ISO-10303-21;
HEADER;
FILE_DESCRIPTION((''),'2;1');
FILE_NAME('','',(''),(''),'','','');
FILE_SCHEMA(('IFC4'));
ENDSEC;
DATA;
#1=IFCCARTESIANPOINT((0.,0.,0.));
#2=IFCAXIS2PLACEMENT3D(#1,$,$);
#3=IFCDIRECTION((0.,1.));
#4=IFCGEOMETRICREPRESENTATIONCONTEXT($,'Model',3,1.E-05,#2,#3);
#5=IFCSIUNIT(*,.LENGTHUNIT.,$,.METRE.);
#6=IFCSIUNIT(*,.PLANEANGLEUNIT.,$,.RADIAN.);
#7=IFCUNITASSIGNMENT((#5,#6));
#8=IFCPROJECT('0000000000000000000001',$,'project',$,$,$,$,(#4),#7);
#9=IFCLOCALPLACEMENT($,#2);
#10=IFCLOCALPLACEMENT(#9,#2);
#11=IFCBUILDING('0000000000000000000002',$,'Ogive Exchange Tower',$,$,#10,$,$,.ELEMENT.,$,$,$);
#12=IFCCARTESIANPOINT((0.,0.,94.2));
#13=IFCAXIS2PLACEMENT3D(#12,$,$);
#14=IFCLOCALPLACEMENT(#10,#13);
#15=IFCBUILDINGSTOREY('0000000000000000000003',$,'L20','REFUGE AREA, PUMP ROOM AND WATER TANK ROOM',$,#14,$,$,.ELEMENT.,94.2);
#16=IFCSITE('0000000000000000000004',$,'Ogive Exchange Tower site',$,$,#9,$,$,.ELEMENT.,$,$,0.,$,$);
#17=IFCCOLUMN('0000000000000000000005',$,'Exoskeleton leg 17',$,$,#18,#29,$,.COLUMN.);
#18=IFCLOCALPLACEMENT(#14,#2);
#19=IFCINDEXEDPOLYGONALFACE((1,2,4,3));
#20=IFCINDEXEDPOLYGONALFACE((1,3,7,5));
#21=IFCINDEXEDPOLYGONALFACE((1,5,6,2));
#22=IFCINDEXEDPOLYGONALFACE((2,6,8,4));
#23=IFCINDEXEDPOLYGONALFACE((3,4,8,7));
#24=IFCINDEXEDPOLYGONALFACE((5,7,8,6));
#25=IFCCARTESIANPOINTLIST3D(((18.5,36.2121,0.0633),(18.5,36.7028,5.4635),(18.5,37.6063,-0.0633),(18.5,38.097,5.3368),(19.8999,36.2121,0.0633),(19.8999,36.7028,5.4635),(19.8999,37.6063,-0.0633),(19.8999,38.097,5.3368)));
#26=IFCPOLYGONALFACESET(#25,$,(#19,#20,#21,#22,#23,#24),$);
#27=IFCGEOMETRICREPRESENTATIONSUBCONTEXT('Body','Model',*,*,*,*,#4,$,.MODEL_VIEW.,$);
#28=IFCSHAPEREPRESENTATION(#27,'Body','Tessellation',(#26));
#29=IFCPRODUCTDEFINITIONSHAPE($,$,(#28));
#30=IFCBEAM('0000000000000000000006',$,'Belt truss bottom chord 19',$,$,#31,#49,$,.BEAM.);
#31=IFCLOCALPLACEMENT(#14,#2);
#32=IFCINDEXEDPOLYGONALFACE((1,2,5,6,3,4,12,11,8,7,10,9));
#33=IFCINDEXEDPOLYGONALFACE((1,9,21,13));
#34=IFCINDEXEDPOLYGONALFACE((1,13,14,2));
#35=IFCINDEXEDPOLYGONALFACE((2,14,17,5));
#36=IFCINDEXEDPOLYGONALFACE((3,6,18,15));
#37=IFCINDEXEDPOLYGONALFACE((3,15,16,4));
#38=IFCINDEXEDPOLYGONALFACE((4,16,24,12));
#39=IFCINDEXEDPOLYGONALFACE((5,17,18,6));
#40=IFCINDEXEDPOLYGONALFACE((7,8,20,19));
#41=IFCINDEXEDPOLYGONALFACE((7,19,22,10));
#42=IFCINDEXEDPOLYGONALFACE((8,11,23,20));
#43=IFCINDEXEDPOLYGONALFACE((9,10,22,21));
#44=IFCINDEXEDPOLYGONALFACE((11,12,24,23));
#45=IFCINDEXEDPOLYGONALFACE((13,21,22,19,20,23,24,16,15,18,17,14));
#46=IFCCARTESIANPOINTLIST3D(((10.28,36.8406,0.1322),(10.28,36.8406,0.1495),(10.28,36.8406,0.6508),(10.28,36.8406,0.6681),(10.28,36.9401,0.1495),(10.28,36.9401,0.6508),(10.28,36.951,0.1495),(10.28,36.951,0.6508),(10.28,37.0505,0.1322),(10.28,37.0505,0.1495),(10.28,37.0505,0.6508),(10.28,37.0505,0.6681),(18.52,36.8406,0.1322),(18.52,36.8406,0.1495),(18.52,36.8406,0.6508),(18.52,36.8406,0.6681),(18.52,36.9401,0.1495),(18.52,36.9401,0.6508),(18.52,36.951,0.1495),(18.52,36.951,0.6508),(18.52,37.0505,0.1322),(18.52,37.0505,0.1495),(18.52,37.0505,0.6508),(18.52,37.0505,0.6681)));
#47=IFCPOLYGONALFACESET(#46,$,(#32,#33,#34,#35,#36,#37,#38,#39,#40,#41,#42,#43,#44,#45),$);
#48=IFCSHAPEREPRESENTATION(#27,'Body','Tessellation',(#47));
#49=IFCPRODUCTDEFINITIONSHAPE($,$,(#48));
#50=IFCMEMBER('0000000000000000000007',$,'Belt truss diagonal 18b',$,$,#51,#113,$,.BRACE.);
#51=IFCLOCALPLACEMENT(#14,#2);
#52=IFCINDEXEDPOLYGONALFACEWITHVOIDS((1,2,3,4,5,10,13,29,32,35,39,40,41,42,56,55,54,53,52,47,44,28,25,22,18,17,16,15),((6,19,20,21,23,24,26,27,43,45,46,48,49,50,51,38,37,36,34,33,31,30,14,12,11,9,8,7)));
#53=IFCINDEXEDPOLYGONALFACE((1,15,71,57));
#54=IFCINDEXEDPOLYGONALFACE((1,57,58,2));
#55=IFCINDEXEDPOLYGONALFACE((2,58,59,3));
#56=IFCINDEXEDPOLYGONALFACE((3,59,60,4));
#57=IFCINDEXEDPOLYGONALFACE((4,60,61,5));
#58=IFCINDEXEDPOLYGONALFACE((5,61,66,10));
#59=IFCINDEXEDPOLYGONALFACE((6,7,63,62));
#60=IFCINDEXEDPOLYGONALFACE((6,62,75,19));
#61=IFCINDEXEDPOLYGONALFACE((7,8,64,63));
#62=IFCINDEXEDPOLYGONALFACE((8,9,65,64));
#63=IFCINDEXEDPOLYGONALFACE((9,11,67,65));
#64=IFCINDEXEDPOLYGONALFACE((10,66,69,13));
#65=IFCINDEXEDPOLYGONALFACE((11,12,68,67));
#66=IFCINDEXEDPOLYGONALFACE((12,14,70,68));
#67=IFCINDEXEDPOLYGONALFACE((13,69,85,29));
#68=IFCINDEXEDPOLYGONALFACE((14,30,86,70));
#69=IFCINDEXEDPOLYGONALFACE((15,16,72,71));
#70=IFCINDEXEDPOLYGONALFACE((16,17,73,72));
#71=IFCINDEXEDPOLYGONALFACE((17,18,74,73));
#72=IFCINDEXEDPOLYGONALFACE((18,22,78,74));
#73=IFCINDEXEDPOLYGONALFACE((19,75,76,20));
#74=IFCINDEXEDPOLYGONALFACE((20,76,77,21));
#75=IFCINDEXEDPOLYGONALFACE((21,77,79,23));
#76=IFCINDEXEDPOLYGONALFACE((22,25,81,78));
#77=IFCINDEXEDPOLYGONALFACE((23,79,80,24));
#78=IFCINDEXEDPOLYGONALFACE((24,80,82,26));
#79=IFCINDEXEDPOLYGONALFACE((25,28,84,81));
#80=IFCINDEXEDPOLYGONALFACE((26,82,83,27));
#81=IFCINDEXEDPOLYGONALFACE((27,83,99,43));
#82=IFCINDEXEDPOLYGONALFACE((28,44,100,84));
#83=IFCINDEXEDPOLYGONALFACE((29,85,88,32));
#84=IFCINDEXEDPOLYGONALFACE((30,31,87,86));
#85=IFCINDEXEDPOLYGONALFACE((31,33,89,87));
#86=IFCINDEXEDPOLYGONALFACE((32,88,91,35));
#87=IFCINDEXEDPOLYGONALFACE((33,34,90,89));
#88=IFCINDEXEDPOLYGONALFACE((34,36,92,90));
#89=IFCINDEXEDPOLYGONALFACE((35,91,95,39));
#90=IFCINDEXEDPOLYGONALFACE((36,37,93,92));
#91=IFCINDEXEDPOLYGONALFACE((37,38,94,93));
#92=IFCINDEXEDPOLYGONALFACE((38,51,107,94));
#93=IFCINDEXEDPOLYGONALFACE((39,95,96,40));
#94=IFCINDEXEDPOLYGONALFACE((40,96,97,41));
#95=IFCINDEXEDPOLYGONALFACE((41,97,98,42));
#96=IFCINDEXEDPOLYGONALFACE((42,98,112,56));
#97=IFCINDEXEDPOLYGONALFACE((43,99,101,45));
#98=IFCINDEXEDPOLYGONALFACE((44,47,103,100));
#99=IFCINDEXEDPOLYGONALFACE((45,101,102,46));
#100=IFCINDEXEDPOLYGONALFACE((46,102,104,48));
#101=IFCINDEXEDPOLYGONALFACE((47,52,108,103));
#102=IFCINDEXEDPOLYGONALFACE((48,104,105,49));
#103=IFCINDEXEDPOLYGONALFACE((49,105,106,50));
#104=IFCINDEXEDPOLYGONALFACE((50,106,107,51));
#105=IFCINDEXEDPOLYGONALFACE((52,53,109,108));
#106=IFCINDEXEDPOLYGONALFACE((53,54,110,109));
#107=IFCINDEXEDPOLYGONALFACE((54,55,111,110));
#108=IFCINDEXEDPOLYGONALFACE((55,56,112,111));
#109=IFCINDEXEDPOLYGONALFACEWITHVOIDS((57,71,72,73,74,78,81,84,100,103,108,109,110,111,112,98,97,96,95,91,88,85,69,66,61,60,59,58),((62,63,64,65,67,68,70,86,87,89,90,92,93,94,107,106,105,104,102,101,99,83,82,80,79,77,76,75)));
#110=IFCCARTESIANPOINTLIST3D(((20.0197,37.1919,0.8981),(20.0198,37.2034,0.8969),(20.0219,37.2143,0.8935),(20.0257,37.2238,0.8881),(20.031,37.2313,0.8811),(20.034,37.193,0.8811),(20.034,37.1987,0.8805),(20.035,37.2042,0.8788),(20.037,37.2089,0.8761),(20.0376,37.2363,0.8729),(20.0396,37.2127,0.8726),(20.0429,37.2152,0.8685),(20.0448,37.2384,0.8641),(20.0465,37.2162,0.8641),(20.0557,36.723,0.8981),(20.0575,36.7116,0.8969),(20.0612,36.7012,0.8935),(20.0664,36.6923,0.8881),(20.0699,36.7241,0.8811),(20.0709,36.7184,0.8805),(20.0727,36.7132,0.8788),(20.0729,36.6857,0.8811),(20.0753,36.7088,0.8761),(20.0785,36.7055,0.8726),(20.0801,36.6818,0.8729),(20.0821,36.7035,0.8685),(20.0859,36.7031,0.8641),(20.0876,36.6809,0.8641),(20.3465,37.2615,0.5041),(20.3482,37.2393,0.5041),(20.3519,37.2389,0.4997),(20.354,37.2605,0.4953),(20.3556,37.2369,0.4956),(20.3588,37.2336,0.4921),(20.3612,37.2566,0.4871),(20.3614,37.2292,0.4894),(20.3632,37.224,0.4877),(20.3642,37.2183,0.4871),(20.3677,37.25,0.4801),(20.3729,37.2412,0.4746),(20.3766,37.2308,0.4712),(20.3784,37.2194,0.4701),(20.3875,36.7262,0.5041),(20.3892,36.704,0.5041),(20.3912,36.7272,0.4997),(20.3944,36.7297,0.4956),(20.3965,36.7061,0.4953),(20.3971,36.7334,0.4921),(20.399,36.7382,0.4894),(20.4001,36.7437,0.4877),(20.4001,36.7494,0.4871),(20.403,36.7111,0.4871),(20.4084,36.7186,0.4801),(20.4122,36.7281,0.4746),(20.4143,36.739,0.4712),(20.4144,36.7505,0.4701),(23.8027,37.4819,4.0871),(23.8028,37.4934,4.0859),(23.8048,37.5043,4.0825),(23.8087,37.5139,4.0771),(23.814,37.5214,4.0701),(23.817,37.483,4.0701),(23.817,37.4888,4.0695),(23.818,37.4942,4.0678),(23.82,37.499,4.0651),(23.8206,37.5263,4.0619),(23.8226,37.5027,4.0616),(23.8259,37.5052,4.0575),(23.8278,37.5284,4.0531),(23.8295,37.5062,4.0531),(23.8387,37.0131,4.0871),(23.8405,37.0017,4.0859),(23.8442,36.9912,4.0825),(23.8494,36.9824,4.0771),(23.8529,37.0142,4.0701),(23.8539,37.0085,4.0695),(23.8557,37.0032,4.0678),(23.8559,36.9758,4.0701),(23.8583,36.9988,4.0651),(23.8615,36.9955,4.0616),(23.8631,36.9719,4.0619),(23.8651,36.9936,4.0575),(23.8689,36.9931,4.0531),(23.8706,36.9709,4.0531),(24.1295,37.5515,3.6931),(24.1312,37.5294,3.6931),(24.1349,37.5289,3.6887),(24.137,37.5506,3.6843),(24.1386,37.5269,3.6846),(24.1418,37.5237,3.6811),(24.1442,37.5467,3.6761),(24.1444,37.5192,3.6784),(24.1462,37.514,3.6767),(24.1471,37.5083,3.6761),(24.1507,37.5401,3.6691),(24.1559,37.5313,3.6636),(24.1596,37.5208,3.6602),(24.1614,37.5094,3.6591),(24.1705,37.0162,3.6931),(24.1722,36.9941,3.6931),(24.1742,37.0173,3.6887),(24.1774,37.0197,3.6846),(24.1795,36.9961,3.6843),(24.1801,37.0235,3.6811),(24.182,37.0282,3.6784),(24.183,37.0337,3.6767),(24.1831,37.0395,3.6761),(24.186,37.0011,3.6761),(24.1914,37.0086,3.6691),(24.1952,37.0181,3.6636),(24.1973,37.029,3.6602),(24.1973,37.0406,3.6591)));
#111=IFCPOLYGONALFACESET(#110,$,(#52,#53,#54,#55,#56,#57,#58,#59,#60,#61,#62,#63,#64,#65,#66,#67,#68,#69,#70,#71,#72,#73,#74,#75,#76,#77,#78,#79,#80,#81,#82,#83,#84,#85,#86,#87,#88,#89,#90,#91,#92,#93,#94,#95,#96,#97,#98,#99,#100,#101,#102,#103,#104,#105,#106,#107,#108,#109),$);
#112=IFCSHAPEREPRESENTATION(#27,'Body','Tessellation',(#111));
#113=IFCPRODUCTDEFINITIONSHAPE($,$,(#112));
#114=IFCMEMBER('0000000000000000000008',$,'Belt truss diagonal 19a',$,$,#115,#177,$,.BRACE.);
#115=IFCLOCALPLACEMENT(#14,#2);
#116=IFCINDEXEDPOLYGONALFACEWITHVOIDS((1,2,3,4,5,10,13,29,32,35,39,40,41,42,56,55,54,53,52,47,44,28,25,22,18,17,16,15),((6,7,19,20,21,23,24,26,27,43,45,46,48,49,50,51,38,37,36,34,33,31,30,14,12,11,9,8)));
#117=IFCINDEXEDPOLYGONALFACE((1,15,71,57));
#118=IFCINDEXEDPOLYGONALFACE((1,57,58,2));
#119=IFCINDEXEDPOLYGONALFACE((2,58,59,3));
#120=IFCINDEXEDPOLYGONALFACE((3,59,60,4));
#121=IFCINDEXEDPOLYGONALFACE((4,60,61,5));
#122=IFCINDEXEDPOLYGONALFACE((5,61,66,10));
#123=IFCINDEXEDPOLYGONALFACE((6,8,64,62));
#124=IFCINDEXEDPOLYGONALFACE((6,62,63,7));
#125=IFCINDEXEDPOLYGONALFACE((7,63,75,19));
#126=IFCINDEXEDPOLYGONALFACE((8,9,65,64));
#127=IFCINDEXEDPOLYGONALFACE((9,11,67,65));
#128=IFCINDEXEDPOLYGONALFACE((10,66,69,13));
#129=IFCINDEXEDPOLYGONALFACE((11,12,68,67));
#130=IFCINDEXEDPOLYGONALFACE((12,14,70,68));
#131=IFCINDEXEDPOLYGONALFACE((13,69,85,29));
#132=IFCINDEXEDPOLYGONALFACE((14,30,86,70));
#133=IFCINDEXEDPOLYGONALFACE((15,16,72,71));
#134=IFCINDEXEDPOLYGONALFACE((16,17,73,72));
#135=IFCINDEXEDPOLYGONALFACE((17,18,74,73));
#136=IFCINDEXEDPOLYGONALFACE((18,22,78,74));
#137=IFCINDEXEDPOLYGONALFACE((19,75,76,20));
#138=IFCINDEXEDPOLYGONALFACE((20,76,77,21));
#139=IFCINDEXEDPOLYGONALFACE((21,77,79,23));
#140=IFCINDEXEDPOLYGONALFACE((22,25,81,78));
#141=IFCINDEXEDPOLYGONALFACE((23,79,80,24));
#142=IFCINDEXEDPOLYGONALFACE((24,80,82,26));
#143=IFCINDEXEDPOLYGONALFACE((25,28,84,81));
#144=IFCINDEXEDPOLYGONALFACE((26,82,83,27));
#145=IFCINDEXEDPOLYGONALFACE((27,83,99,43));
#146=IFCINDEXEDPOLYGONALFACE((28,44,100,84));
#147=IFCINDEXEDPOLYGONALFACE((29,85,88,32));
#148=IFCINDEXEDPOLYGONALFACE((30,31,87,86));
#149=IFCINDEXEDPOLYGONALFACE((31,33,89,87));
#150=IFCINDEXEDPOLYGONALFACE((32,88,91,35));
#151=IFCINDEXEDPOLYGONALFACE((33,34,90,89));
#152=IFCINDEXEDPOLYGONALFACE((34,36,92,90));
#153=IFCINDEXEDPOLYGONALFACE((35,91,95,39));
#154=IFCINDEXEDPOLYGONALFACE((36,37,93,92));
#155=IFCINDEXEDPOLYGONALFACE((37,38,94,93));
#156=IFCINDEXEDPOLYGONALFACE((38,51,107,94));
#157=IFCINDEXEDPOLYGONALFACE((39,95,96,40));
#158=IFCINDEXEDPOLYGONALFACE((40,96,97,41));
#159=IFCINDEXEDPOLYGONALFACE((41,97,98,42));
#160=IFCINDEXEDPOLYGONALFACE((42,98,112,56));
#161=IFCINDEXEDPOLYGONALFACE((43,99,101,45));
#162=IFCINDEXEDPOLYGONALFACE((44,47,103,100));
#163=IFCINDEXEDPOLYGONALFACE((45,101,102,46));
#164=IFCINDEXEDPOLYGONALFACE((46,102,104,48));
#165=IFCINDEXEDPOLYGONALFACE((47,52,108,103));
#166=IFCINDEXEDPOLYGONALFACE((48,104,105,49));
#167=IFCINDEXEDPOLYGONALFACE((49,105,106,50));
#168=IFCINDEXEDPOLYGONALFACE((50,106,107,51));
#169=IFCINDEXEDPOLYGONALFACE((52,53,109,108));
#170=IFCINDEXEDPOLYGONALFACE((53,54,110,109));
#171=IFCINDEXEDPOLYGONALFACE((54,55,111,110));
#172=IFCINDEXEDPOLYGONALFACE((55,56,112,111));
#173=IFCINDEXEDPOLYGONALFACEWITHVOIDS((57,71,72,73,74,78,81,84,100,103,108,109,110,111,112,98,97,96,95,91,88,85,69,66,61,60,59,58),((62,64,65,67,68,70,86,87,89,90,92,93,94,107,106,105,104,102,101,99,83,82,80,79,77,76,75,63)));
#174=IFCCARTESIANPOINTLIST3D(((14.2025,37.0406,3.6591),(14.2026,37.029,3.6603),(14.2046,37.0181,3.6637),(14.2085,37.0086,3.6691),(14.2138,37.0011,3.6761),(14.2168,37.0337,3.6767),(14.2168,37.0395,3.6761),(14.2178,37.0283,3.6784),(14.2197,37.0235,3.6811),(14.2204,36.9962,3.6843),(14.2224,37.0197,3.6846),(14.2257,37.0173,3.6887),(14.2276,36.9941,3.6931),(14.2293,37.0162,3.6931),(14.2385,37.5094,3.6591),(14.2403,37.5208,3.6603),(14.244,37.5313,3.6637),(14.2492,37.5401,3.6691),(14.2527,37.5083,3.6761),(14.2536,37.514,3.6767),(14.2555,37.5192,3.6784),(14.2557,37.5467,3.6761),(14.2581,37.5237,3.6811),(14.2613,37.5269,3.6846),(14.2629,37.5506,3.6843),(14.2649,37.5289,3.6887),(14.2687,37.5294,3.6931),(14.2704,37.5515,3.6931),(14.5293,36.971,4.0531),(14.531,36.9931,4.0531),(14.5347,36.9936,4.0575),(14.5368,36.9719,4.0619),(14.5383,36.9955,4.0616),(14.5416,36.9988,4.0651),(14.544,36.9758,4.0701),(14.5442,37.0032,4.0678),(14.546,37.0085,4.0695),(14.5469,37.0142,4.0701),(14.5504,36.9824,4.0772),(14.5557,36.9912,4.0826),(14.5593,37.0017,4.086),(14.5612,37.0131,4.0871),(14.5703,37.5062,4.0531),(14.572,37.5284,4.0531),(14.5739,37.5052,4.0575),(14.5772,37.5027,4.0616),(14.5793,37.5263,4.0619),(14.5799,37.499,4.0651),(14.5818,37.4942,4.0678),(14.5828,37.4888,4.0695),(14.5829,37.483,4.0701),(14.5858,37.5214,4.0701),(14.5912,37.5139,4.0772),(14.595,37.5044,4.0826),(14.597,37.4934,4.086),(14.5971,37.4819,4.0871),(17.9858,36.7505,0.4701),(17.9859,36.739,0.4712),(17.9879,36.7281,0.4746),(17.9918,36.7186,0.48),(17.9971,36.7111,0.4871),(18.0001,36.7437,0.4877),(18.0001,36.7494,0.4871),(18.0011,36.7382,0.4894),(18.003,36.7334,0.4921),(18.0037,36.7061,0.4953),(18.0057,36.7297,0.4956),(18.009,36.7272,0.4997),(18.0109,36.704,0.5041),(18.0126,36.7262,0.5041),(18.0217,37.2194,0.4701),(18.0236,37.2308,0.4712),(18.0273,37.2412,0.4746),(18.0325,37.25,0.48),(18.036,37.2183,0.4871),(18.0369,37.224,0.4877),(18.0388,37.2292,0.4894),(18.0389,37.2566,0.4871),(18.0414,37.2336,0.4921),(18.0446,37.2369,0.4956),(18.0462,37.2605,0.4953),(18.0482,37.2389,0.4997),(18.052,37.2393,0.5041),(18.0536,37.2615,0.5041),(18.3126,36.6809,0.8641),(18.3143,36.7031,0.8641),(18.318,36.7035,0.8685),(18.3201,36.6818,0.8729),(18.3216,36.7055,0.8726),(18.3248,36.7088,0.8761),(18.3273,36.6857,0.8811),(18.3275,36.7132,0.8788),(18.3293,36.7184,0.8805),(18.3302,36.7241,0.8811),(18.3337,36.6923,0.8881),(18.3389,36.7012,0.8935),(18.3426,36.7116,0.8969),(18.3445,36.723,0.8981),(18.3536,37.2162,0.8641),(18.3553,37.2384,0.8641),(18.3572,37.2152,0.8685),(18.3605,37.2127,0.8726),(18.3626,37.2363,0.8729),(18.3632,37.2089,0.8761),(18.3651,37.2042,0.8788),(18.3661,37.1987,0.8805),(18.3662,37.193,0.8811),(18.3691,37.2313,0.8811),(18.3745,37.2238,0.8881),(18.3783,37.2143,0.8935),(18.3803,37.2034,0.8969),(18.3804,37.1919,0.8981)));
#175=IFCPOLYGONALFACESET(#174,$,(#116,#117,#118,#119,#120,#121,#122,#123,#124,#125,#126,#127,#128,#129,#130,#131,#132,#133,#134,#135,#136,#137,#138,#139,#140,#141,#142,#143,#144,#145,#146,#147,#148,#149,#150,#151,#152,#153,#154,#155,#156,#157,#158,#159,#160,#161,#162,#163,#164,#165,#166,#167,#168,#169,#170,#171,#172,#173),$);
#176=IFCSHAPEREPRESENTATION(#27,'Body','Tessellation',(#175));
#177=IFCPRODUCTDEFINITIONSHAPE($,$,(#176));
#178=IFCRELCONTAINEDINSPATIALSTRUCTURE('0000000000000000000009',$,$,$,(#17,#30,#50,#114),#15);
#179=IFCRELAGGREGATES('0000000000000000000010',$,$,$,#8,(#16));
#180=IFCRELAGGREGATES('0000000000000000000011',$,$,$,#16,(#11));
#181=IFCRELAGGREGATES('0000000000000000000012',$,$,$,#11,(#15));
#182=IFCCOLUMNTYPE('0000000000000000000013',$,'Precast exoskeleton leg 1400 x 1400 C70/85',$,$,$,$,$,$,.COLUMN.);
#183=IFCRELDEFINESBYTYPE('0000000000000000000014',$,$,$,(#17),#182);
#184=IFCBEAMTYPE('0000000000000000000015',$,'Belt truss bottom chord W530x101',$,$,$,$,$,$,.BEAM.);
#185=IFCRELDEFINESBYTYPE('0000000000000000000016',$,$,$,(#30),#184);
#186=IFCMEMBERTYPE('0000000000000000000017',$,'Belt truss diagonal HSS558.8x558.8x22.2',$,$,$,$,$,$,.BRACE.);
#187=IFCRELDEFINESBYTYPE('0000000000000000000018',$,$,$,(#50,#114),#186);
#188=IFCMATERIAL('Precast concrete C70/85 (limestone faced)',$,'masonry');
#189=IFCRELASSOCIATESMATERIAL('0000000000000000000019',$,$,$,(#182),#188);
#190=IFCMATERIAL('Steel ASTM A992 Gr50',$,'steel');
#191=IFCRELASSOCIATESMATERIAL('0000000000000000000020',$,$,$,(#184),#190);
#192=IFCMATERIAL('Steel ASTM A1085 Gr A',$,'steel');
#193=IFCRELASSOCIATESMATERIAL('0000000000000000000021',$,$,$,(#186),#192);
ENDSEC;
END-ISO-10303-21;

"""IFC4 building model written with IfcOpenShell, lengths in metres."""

from ifc_helpers import new_model, si_unit, direction, frame, origin, origin_2d, place, context, subcontext, project, spatial, rectangle, hollow_rectangle, i_section, extrude, material, material_profile, profile_set, type_object, element, save


model = new_model("IFC4")

# Units and contexts
model_context = context("Model", 3, precision=1e-05, world=origin(), true_north=direction((0.0, 1.0)))
body_context = subcontext(model_context, "Body", "Model", "MODEL_VIEW")
ifc_project = project(units=[si_unit("LENGTHUNIT", "METRE"), si_unit("PLANEANGLEUNIT", "RADIAN")], contexts=[model_context])

# Site, building, storey
site_placement = place(None, origin())
site = spatial("IfcSite", under=ifc_project, at=site_placement, Name="Ogive Exchange Tower site", CompositionType="ELEMENT", RefElevation=0.0)
building_placement = place(site_placement, origin())
building = spatial("IfcBuilding", under=site, at=building_placement, Name="Ogive Exchange Tower", CompositionType="ELEMENT")
storey_placement = place(building_placement, frame((0.0, 0.0, 94.2)))
storey = spatial("IfcBuildingStorey", under=building, at=storey_placement, Name="L20", Description="REFUGE AREA, PUMP ROOM AND WATER TANK ROOM", CompositionType="ELEMENT", Elevation=94.2)

# Column
ifc_material_1 = material(Name="Precast concrete C70/85 (limestone faced)", Category="masonry")
ifc_material_profile_1 = material_profile(ifc_material_1, rectangle(XDim=1.3999, YDim=1.3999, at=origin_2d()), Name="1400 x 1400")
ifc_profile_set_1 = profile_set([ifc_material_profile_1], Name="Precast concrete C70/85 (limestone faced)")
column_type = type_object("IfcColumnType", Name="Precast exoskeleton leg 1400 x 1400 C70/85", PredefinedType="COLUMN", material=ifc_profile_set_1)
column_placement = place(storey_placement, frame((19.2, 36.9092, 0.0), z_axis=(0.0, 0.090499, 0.995897), x_axis=(-1.0, 0.0, 0.0)))
element("IfcColumn", 1, at=column_placement, inside=storey, type_object=column_type, Name="Exoskeleton leg 17", PredefinedType="COLUMN", context=body_context, shape_type="SweptSolid", body=[
    extrude(rectangle(XDim=1.3999, YDim=1.3999, at=origin_2d()), origin(), (0.0, 0.0, 1.0), 5.4224),
])

# Beam
ifc_material_2 = material(Name="Steel ASTM A992 Gr50", Category="steel")
ifc_material_profile_2 = material_profile(ifc_material_2, i_section(OverallWidth=0.21, OverallDepth=0.5359, WebThickness=0.011, FlangeThickness=0.0173, at=origin_2d()), Name="W530x101")
ifc_profile_set_2 = profile_set([ifc_material_profile_2], Name="Steel ASTM A992 Gr50")
beam_type_1 = type_object("IfcBeamType", Name="Belt truss bottom chord W530x101", PredefinedType="BEAM", material=ifc_profile_set_2)
beam_1_placement = place(storey_placement, frame((18.52, 36.9456, 0.4001), z_axis=(-1.0, 0.0, 0.0), x_axis=(0.0, -1.0, 0.0)))
element("IfcBeam", 2, at=beam_1_placement, inside=storey, type_object=beam_type_1, Name="Belt truss bottom chord 19", PredefinedType="BEAM", context=body_context, shape_type="SweptSolid", body=[
    extrude(i_section(OverallWidth=0.21, OverallDepth=0.5359, WebThickness=0.011, FlangeThickness=0.0173, at=origin_2d()), origin(), (0.0, 0.0, 1.0), 8.24),
])

# Members
ifc_material_3 = material(Name="Steel ASTM A1085 Gr A", Category="steel")
ifc_material_profile_3 = material_profile(ifc_material_3, hollow_rectangle(XDim=0.5591, YDim=0.5591, WallThickness=0.0222, InnerFilletRadius=0.0222, OuterFilletRadius=0.0444, at=origin_2d()), Name="HSS558.8x558.8x22.2")
ifc_profile_set_3 = profile_set([ifc_material_profile_3], Name="Steel ASTM A1085 Gr A")
member_type_1 = type_object("IfcMemberType", Name="Belt truss diagonal HSS558.8x558.8x22.2", PredefinedType="BRACE", material=ifc_profile_set_3)
member_1_placement = place(storey_placement, frame((20.217, 36.9712, 0.6841), z_axis=(0.763271, 0.05852, 0.643423), x_axis=(-0.076446, 0.997074, 0.0)))
element("IfcMember", 3, at=member_1_placement, inside=storey, type_object=member_type_1, Name="Belt truss diagonal 18b", PredefinedType="BRACE", context=body_context, shape_type="SweptSolid", body=[
    extrude(hollow_rectangle(XDim=0.5591, YDim=0.5591, WallThickness=0.0222, InnerFilletRadius=0.0222, OuterFilletRadius=0.0444, at=origin_2d()), origin(), (0.0, 0.0, 1.0), 4.9563),
])
member_2_placement = place(storey_placement, frame((18.1831, 36.9712, 0.6841), z_axis=(-0.763291, 0.058518, 0.643399), x_axis=(-0.076441, -0.997074, 0.0)))
element("IfcMember", 4, at=member_2_placement, inside=storey, type_object=member_type_1, Name="Belt truss diagonal 19a", PredefinedType="BRACE", context=body_context, shape_type="SweptSolid", body=[
    extrude(hollow_rectangle(XDim=0.5591, YDim=0.5591, WallThickness=0.0222, InnerFilletRadius=0.0222, OuterFilletRadius=0.0444, at=origin_2d()), origin(), (0.0, 0.0, 1.0), 4.9565),
])

save(model, "model.ifc")
